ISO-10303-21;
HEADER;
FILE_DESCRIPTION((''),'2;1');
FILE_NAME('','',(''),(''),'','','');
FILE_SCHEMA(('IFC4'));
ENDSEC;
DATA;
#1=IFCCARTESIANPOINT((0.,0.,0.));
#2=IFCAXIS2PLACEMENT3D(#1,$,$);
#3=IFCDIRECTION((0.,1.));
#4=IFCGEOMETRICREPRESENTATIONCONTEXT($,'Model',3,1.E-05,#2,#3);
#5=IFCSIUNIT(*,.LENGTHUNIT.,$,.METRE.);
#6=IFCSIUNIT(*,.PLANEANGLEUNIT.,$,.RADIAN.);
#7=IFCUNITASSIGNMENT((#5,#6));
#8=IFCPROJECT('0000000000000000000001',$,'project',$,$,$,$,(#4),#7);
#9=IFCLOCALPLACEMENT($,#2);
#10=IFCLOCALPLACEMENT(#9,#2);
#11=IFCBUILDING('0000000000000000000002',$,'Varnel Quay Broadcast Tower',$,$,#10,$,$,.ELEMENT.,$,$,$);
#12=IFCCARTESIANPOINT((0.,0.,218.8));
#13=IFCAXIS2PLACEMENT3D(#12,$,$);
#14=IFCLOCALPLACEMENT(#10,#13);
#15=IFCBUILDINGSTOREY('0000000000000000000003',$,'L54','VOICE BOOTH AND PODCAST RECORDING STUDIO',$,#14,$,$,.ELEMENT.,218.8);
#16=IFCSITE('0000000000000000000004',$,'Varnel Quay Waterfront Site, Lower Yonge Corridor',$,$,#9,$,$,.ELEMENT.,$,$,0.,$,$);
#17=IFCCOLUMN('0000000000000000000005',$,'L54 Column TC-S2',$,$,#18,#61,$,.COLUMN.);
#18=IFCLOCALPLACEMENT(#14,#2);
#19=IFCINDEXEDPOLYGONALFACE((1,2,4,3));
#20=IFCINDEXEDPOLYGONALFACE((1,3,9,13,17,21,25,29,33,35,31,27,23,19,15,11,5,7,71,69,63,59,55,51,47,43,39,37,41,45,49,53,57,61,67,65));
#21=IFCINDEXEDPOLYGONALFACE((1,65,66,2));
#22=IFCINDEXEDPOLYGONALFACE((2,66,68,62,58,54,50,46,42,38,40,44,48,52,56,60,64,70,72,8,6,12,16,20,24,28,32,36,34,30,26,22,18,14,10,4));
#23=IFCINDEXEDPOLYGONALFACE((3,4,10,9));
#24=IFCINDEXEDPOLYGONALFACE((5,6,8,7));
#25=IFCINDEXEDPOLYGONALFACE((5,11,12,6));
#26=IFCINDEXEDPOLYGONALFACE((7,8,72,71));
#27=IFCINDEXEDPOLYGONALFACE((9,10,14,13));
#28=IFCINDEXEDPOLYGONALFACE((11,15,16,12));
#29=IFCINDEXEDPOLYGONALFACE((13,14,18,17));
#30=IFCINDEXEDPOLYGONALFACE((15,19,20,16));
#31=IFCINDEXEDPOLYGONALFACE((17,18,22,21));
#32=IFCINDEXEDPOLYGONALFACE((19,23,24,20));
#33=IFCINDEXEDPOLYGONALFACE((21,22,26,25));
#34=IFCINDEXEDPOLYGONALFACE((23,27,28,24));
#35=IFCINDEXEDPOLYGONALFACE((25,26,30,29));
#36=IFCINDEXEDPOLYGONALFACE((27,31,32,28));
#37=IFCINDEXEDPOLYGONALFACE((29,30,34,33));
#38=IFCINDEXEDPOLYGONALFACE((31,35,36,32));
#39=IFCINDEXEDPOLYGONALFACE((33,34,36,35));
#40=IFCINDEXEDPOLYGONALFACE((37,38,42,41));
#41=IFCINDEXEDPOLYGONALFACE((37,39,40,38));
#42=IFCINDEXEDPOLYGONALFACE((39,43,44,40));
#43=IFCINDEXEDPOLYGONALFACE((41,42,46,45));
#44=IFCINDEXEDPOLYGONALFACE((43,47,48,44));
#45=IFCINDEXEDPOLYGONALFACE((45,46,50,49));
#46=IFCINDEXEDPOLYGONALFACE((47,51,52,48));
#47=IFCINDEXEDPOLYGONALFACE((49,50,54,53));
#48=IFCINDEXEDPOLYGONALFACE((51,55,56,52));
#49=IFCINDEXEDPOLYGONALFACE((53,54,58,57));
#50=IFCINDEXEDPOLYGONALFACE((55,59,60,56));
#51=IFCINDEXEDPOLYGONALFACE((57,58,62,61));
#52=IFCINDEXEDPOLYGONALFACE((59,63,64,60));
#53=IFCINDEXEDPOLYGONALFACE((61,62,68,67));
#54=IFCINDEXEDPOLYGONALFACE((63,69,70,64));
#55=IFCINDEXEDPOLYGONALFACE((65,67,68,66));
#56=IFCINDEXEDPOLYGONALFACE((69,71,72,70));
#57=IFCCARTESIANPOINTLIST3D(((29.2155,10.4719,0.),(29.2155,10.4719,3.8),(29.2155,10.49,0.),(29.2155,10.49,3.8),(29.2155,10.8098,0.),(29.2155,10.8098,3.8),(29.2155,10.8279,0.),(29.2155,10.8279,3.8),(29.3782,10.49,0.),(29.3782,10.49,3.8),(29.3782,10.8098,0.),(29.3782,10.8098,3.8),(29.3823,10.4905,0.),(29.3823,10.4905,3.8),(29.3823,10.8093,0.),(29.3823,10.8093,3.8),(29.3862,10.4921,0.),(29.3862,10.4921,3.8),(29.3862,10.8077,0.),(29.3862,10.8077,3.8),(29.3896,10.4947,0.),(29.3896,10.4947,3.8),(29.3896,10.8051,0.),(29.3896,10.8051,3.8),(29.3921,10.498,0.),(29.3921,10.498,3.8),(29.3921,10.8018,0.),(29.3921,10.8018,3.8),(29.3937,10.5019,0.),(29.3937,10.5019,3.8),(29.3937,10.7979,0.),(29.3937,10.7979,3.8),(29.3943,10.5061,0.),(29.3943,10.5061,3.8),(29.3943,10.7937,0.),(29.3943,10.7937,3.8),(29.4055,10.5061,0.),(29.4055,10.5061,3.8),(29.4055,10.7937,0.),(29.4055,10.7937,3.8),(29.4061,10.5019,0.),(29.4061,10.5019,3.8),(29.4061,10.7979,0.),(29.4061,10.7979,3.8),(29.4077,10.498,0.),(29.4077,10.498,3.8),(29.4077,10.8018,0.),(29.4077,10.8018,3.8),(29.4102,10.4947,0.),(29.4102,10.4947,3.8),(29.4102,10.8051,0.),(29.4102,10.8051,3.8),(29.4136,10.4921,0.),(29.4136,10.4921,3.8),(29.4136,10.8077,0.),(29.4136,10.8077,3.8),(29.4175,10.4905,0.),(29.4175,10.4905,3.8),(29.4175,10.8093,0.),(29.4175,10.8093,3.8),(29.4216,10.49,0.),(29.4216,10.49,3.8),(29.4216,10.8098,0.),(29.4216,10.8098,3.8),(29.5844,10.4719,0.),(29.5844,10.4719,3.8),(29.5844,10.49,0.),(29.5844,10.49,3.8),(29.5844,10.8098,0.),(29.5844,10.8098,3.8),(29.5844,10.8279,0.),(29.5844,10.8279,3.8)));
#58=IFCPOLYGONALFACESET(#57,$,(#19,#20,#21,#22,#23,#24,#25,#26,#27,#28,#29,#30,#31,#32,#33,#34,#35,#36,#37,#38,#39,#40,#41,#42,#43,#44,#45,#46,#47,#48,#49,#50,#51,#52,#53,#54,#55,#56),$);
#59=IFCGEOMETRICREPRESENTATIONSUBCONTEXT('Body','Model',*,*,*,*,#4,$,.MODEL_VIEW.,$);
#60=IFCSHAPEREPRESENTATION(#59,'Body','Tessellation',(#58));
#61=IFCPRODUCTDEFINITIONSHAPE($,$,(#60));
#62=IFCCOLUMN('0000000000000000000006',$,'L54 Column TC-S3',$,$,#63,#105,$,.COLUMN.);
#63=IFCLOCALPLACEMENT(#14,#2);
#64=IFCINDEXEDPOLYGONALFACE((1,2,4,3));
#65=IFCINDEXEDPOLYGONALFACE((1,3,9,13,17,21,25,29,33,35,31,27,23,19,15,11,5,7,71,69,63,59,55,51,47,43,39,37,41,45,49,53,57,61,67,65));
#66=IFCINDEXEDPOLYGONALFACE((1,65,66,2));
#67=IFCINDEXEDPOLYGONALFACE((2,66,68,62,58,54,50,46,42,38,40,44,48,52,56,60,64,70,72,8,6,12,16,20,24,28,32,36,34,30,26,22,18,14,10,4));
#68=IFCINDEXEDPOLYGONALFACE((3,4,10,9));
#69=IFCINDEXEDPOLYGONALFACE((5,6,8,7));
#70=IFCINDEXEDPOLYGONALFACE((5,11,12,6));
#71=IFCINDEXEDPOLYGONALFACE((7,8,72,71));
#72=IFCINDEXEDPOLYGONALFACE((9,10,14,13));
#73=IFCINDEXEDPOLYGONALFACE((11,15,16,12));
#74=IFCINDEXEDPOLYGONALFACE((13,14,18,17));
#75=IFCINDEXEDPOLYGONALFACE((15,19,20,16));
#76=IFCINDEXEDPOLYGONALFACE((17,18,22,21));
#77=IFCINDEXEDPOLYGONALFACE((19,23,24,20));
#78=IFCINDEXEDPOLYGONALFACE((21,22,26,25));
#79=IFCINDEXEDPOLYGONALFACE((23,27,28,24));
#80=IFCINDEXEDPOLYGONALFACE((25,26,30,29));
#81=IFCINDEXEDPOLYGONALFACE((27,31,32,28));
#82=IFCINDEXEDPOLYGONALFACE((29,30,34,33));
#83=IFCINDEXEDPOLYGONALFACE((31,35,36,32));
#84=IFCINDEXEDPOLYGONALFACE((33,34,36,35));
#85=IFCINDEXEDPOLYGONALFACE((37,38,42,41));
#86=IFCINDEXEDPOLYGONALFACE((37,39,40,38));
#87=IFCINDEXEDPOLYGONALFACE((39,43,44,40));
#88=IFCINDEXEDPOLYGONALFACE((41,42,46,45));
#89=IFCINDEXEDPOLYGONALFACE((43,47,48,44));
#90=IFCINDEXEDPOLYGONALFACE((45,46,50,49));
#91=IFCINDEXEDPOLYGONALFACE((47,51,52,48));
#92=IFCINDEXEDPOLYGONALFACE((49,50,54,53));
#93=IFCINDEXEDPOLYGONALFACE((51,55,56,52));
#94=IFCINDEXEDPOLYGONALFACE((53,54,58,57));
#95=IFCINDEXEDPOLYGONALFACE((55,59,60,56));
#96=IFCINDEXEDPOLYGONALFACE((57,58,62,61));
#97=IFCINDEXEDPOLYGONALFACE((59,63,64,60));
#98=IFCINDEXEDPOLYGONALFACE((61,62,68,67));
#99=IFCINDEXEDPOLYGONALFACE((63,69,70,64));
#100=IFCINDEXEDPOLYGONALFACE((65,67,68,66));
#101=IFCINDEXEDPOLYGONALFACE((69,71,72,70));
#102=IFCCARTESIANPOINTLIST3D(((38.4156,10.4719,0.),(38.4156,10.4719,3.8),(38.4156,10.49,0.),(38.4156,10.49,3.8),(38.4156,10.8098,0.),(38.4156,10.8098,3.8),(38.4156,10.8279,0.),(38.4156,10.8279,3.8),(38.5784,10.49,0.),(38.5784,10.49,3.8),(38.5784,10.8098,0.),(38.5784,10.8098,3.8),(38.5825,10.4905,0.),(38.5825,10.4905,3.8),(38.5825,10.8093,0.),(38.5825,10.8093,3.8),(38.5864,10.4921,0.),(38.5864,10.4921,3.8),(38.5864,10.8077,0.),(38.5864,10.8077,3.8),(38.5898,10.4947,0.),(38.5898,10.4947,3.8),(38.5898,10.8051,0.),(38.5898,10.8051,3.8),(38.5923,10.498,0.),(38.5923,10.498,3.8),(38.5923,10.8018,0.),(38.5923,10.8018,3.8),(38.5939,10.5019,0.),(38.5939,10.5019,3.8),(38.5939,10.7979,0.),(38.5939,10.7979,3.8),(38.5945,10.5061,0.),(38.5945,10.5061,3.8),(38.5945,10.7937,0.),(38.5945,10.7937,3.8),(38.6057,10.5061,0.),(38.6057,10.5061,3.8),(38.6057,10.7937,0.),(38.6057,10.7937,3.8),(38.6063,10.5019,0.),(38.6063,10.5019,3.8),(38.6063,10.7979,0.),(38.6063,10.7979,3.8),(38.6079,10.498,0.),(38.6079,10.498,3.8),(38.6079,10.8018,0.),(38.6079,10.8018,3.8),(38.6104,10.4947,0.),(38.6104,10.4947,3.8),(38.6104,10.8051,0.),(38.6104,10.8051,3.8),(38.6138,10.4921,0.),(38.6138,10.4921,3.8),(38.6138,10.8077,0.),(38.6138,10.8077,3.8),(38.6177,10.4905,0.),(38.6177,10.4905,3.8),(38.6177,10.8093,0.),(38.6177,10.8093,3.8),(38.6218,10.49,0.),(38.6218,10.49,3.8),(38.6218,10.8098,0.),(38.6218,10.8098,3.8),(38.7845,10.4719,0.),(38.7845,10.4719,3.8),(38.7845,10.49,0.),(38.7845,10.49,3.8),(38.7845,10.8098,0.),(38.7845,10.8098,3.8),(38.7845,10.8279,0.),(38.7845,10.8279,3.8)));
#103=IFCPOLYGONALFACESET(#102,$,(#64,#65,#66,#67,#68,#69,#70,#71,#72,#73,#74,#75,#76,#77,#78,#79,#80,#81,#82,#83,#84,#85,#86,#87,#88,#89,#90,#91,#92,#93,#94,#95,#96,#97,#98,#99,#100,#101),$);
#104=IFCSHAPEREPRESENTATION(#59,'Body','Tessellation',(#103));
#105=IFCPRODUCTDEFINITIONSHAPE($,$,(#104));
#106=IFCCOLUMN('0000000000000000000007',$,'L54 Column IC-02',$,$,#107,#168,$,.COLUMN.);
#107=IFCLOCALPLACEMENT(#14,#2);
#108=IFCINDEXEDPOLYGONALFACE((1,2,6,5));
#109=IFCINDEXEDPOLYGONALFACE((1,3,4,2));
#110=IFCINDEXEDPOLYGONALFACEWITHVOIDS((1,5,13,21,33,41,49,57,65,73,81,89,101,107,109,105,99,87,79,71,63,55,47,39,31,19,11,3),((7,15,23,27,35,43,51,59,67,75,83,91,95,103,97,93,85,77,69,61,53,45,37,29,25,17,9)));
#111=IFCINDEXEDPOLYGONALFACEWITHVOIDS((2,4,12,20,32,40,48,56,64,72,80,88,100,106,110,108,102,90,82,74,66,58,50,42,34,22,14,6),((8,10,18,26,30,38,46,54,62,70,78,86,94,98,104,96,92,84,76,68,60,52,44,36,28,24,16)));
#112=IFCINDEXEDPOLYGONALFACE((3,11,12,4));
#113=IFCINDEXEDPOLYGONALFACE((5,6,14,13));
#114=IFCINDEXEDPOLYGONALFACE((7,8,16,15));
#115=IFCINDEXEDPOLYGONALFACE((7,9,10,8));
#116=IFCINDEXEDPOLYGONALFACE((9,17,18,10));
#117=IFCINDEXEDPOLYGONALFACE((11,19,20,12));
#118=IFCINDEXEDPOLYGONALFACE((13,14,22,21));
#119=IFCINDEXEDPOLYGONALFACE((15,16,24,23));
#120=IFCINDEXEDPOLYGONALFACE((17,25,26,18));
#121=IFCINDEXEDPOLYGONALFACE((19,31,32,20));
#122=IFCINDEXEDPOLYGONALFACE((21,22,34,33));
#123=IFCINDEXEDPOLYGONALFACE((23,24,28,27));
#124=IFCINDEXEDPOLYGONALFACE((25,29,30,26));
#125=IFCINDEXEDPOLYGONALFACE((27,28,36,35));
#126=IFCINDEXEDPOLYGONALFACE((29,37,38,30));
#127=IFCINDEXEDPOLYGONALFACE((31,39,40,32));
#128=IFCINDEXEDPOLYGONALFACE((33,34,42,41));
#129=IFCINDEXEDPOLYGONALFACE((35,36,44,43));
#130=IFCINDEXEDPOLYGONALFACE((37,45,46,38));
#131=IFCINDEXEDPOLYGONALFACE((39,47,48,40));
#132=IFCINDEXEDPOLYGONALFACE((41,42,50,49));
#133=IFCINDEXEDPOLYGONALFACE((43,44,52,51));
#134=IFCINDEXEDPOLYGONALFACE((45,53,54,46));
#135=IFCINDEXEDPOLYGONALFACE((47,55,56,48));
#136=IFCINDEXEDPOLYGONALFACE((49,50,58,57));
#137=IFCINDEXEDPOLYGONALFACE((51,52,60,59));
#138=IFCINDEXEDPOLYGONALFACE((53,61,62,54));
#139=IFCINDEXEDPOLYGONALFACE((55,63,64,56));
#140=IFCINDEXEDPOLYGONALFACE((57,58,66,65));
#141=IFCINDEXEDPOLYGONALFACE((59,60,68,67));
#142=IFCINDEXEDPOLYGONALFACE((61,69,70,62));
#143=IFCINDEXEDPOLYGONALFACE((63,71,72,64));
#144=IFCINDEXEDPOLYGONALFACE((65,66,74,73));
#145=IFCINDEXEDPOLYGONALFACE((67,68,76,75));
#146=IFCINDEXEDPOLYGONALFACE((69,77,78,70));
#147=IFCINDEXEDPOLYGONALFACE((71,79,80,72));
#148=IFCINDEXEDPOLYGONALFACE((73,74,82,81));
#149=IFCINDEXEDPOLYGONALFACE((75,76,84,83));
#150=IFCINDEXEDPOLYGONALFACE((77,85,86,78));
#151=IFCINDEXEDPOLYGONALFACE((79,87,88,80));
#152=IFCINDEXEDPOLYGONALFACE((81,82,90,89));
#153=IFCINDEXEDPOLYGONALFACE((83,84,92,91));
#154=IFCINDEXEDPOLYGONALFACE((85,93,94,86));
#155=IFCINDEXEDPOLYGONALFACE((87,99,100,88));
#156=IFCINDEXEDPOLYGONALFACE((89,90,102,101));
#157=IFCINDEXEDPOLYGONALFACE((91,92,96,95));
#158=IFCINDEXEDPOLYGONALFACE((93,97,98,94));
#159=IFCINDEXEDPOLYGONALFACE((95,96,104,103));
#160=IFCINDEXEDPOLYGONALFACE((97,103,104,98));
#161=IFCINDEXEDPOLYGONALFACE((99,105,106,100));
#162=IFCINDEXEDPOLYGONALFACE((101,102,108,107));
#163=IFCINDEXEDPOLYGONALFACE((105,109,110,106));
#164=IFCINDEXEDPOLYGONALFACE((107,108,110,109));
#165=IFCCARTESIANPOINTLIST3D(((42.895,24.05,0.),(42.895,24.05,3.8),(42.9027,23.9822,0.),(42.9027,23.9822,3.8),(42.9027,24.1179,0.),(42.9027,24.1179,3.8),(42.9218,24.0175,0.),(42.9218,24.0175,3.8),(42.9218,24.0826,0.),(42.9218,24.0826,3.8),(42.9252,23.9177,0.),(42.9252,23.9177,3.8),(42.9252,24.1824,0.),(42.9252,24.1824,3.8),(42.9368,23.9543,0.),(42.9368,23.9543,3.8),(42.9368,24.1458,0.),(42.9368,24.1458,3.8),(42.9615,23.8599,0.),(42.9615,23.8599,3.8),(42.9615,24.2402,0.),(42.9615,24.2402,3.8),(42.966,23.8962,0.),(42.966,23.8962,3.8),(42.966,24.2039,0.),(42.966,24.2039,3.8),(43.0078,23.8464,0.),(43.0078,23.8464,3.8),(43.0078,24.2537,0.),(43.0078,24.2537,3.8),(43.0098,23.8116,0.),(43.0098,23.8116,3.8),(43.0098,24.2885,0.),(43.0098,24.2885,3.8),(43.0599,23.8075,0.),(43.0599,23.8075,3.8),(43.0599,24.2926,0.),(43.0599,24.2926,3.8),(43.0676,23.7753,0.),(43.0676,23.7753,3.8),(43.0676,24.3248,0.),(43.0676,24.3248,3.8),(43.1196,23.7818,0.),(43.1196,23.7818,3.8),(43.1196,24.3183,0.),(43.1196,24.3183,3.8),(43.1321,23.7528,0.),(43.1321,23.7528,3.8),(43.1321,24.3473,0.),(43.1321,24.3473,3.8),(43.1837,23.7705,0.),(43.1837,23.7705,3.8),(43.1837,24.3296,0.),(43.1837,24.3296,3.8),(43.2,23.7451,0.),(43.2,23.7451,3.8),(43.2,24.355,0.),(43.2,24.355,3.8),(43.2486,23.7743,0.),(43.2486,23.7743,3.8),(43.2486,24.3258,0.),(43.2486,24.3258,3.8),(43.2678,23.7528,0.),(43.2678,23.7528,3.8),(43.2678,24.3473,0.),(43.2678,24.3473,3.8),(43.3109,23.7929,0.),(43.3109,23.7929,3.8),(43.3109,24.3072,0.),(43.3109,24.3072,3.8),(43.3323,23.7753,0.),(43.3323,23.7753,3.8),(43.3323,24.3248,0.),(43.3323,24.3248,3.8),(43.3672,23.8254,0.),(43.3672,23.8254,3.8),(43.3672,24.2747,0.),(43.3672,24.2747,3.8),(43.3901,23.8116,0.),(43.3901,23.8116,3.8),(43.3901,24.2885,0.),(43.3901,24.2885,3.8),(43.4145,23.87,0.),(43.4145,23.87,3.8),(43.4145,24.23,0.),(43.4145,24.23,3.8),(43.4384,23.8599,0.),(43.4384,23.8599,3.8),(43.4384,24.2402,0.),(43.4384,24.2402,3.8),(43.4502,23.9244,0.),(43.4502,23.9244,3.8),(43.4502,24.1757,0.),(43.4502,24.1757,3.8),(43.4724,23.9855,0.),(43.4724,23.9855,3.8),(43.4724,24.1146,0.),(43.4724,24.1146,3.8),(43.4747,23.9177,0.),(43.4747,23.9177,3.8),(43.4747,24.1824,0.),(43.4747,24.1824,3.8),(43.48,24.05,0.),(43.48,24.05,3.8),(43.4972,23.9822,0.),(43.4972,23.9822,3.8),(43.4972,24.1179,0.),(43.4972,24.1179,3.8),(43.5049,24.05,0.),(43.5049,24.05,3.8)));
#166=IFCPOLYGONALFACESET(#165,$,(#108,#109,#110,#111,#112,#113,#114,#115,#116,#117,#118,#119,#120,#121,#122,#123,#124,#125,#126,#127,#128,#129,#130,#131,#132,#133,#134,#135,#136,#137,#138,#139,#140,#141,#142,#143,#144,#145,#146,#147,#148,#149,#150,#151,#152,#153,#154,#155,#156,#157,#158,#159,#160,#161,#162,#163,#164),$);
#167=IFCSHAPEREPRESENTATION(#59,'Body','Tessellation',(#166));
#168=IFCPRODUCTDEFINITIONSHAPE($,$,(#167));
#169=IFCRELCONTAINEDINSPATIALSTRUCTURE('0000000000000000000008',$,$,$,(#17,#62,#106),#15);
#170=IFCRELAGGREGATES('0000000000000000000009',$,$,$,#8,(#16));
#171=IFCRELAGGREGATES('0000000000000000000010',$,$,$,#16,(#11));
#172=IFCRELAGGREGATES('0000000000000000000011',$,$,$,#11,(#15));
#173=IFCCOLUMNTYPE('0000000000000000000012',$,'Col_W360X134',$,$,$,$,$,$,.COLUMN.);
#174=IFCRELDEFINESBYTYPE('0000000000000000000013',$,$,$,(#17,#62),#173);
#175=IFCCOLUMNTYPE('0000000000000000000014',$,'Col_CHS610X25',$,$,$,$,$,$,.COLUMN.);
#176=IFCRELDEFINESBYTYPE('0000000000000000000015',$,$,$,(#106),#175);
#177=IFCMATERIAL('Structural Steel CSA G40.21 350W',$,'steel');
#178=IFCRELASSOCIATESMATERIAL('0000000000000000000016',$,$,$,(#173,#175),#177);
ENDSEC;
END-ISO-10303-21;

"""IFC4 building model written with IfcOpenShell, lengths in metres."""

from ifc_helpers import new_model, si_unit, direction, frame, origin, origin_2d, place, context, subcontext, project, spatial, hollow_circle, i_section, extrude, source, transform, mapped, material, material_profile, profile_set, type_object, type_shapes, element, save


model = new_model("IFC4")

# Units and contexts
model_context = context("Model", 3, precision=1e-05, world=origin(), true_north=direction((0.0, 1.0)))
body_context = subcontext(model_context, "Body", "Model", "MODEL_VIEW")
ifc_project = project(units=[si_unit("LENGTHUNIT", "METRE"), si_unit("PLANEANGLEUNIT", "RADIAN")], contexts=[model_context])

# Site, building, storey
site_placement = place(None, origin())
site = spatial("IfcSite", under=ifc_project, at=site_placement, Name="Varnel Quay Waterfront Site, Lower Yonge Corridor", CompositionType="ELEMENT", RefElevation=0.0)
building_placement = place(site_placement, origin())
building = spatial("IfcBuilding", under=site, at=building_placement, Name="Varnel Quay Broadcast Tower", CompositionType="ELEMENT")
storey_placement = place(building_placement, frame((0.0, 0.0, 218.8)))
storey = spatial("IfcBuildingStorey", under=building, at=storey_placement, Name="L54", Description="VOICE BOOTH AND PODCAST RECORDING STUDIO", CompositionType="ELEMENT", Elevation=218.8)

# Columns
ifc_material_1 = material(Name="Structural Steel CSA G40.21 350W", Category="steel")
ifc_material_profile_1 = material_profile(ifc_material_1, i_section(OverallWidth=0.3689, OverallDepth=0.356, WebThickness=0.0112, FlangeThickness=0.0181, FilletRadius=0.0161, at=origin_2d()), Name="W360X134")
ifc_profile_set_1 = profile_set([ifc_material_profile_1], Name="Structural Steel CSA G40.21 350W")
column_type_1 = type_object("IfcColumnType", Name="Col_W360X134", PredefinedType="COLUMN", material=ifc_profile_set_1)
shared_shape_1 = source(origin(), body_context, "Body", "SweptSolid", [
    extrude(i_section(OverallWidth=0.3689, OverallDepth=0.356, WebThickness=0.0112, FlangeThickness=0.0181, FilletRadius=0.0161, at=origin_2d()), origin(), (0.0, 0.0, 1.0), 3.8),
])
type_shapes(column_type_1, [shared_shape_1])
for number, where, z_axis, x_axis, name in (
    (1, (29.3999, 10.6499, 0.0), (0.0, 0.0, 1.0), (1.0, 0.0, 0.0), "L54 Column TC-S2"),
    (2, (38.6001, 10.6499, 0.0), (0.0, 0.0, 1.0), (1.0, 0.0, 0.0), "L54 Column TC-S3"),
):
    element("IfcColumn", number, at=place(storey_placement, frame(where, z_axis=z_axis, x_axis=x_axis)), inside=storey, type_object=column_type_1, Name=name, PredefinedType="COLUMN", context=body_context, shape_type="MappedRepresentation", body=[
        mapped(shared_shape_1, transform((0.0, 0.0, 0.0), x_axis=(1.0, 0.0, 0.0), y_axis=(0.0, 1.0, 0.0), z_axis=(0.0, 0.0, 1.0), scale=1.0)),
    ])
ifc_material_profile_2 = material_profile(ifc_material_1, hollow_circle(Radius=0.3049, WallThickness=0.0249, at=origin_2d()), Name="CHS610X25")
ifc_profile_set_2 = profile_set([ifc_material_profile_2], Name="Structural Steel CSA G40.21 350W")
column_type_2 = type_object("IfcColumnType", Name="Col_CHS610X25", PredefinedType="COLUMN", material=ifc_profile_set_2)
shared_shape_2 = source(origin(), body_context, "Body", "SweptSolid", [
    extrude(hollow_circle(Radius=0.3049, WallThickness=0.0249, at=origin_2d()), origin(), (0.0, 0.0, 1.0), 3.8),
])
type_shapes(column_type_2, [shared_shape_2])
column_placement = place(storey_placement, frame((43.2, 24.05, 0.0), z_axis=(0.0, 0.0, 1.0), x_axis=(1.0, 0.0, 0.0)))
element("IfcColumn", 3, at=column_placement, inside=storey, type_object=column_type_2, Name="L54 Column IC-02", PredefinedType="COLUMN", context=body_context, shape_type="MappedRepresentation", body=[
    mapped(shared_shape_2, transform((0.0, 0.0, 0.0), x_axis=(1.0, 0.0, 0.0), y_axis=(0.0, 1.0, 0.0), z_axis=(0.0, 0.0, 1.0), scale=1.0)),
])

save(model, "model.ifc")
